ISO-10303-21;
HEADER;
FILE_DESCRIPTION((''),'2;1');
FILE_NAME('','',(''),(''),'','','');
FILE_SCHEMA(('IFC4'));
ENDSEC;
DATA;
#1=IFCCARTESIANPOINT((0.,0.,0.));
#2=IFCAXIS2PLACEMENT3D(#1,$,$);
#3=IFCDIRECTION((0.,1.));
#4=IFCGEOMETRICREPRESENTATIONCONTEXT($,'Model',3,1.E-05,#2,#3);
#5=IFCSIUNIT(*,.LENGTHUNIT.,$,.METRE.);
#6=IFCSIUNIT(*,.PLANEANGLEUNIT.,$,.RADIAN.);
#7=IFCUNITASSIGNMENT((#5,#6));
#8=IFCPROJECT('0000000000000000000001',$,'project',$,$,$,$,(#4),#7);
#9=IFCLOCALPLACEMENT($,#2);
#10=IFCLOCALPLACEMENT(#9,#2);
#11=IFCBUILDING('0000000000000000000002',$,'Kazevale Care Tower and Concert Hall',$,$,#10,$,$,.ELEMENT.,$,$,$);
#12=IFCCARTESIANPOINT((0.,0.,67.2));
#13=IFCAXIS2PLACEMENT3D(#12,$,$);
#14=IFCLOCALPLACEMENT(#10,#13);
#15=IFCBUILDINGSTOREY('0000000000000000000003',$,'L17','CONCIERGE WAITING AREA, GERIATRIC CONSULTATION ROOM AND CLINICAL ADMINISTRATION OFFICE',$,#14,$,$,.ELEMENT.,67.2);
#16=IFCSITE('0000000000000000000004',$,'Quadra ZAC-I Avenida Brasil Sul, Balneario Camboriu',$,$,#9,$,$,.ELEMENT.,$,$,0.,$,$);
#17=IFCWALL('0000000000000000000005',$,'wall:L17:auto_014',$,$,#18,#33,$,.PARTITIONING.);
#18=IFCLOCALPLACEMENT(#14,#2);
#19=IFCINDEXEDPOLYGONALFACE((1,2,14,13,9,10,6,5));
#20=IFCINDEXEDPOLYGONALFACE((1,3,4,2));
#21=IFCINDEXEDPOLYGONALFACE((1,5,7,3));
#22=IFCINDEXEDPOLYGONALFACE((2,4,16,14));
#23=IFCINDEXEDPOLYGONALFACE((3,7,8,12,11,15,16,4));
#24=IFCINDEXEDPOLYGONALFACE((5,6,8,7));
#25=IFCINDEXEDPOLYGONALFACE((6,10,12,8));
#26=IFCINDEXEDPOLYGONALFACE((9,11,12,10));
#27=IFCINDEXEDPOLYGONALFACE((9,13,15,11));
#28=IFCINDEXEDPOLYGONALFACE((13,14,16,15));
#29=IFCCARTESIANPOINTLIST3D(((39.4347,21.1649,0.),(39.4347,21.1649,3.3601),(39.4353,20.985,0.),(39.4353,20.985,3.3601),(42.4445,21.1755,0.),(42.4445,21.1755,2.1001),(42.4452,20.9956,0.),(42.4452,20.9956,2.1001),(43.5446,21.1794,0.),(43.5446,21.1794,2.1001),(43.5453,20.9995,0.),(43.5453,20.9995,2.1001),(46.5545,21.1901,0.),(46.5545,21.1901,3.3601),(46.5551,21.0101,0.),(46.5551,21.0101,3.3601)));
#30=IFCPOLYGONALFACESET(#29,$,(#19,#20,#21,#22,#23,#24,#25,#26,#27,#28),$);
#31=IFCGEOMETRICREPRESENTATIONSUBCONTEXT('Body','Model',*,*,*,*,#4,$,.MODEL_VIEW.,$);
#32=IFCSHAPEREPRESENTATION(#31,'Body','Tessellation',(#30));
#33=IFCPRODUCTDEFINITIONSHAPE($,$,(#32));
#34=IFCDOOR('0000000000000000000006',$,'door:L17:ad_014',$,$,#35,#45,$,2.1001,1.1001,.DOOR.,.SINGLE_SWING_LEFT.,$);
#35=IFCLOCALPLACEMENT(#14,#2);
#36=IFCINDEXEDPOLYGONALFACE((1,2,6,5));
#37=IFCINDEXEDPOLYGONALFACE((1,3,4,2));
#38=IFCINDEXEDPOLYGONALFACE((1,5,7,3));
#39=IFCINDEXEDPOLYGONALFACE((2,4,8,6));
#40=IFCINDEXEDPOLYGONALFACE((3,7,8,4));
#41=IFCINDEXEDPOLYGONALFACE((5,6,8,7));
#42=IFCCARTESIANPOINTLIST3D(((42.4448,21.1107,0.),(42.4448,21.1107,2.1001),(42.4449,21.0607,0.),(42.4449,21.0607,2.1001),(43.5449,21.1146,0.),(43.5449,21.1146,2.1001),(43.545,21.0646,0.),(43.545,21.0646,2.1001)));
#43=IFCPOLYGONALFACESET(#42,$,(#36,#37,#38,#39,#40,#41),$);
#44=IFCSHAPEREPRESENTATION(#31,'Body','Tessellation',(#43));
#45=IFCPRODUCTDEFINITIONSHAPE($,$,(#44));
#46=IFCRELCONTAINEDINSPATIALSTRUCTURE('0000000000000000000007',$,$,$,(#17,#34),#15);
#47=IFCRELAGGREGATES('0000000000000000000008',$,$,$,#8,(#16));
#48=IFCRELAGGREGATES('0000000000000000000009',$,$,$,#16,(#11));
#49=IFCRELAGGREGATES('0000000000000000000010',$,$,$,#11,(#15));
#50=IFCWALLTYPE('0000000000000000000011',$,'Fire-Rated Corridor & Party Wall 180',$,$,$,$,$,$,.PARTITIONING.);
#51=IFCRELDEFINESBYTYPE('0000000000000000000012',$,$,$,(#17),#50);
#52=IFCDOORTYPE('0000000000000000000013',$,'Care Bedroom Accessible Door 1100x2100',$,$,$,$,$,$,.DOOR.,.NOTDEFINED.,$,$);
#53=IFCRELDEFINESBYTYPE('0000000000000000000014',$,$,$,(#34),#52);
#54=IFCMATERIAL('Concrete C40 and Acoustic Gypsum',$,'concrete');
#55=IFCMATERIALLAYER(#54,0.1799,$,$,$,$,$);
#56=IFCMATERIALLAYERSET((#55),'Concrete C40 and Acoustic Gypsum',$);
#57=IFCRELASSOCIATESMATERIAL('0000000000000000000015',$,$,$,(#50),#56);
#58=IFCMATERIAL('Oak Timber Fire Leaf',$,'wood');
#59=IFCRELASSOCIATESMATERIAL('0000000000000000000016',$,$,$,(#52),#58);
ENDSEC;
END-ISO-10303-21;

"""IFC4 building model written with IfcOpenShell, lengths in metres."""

from ifc_helpers import new_model, si_unit, direction, frame, frame_2d, origin, place, context, subcontext, project, spatial, rectangle, extrude, material, layer, layer_set, type_object, element, fill, save


model = new_model("IFC4")

# Units and contexts
model_context = context("Model", 3, precision=1e-05, world=origin(), true_north=direction((0.0, 1.0)))
body_context = subcontext(model_context, "Body", "Model", "MODEL_VIEW")
ifc_project = project(units=[si_unit("LENGTHUNIT", "METRE"), si_unit("PLANEANGLEUNIT", "RADIAN")], contexts=[model_context])

# Site, building, storey
site_placement = place(None, origin())
site = spatial("IfcSite", under=ifc_project, at=site_placement, Name="Quadra ZAC-I Avenida Brasil Sul, Balneario Camboriu", CompositionType="ELEMENT", RefElevation=0.0)
building_placement = place(site_placement, origin())
building = spatial("IfcBuilding", under=site, at=building_placement, Name="Kazevale Care Tower and Concert Hall", CompositionType="ELEMENT")
storey_placement = place(building_placement, frame((0.0, 0.0, 67.2)))
storey = spatial("IfcBuildingStorey", under=building, at=storey_placement, Name="L17", Description="CONCIERGE WAITING AREA, GERIATRIC CONSULTATION ROOM AND CLINICAL ADMINISTRATION OFFICE", CompositionType="ELEMENT", Elevation=67.2)

# Wall, opening, door
ifc_material_1 = material(Name="Concrete C40 and Acoustic Gypsum", Category="concrete")
ifc_layer_1 = layer(ifc_material_1, 0.1799)
ifc_layer_set_1 = layer_set([ifc_layer_1], Name="Concrete C40 and Acoustic Gypsum")
wall_type_1 = type_object("IfcWallType", Name="Fire-Rated Corridor & Party Wall 180", PredefinedType="PARTITIONING", material=ifc_layer_set_1)
ifc_material_2 = material(Name="Oak Timber Fire Leaf", Category="wood")
door_type_1 = type_object("IfcDoorType", Name="Care Bedroom Accessible Door 1100x2100", OperationType="NOTDEFINED", PredefinedType="DOOR", material=ifc_material_2)
wall_1_placement = place(storey_placement, frame((46.5549, 21.1001, 0.0), z_axis=(0.0, 0.0, 1.0), x_axis=(-0.999994, -0.003532, 0.0)))
wall_1 = element("IfcWall", 1, at=wall_1_placement, inside=storey, type_object=wall_type_1, Name="wall:L17:auto_014", PredefinedType="PARTITIONING", context=body_context, shape_type="SweptSolid", body=[
    extrude(rectangle(XDim=7.1199, YDim=0.1799, at=frame_2d((3.5601, 0.0))), origin(), (0.0, 0.0, 1.0), 3.3601),
])
opening_1_placement = place(wall_1_placement, frame((3.01, 0.0, 0.0)))
opening_1 = element("IfcOpeningElement", 2, at=opening_1_placement, cuts=wall_1, PredefinedType="OPENING", context=body_context, shape_type="SweptSolid", body=[
    extrude(rectangle(XDim=1.1001, YDim=2.1001, at=frame_2d((0.55, 1.05))), frame((0.0, 0.0999, 0.0), z_axis=(0.0, -1.0, 0.0), x_axis=(1.0, 0.0, 0.0)), (0.0, 0.0, 1.0), 0.2),
])
door_1_placement = place(opening_1_placement, origin())
door_1 = element("IfcDoor", 3, at=door_1_placement, inside=storey, type_object=door_type_1, Name="door:L17:ad_014", OperationType="SINGLE_SWING_LEFT", OverallHeight=2.1001, OverallWidth=1.1001, PredefinedType="DOOR", context=body_context, shape_type="SweptSolid", body=[
    extrude(rectangle(XDim=1.1001, YDim=2.1001, at=frame_2d((0.55, 1.05))), frame((0.0, 0.0249, 0.0), z_axis=(0.0, -1.0, 0.0), x_axis=(1.0, 0.0, 0.0)), (0.0, 0.0, 1.0), 0.05),
])
fill(opening_1, door_1)

save(model, "model.ifc")
